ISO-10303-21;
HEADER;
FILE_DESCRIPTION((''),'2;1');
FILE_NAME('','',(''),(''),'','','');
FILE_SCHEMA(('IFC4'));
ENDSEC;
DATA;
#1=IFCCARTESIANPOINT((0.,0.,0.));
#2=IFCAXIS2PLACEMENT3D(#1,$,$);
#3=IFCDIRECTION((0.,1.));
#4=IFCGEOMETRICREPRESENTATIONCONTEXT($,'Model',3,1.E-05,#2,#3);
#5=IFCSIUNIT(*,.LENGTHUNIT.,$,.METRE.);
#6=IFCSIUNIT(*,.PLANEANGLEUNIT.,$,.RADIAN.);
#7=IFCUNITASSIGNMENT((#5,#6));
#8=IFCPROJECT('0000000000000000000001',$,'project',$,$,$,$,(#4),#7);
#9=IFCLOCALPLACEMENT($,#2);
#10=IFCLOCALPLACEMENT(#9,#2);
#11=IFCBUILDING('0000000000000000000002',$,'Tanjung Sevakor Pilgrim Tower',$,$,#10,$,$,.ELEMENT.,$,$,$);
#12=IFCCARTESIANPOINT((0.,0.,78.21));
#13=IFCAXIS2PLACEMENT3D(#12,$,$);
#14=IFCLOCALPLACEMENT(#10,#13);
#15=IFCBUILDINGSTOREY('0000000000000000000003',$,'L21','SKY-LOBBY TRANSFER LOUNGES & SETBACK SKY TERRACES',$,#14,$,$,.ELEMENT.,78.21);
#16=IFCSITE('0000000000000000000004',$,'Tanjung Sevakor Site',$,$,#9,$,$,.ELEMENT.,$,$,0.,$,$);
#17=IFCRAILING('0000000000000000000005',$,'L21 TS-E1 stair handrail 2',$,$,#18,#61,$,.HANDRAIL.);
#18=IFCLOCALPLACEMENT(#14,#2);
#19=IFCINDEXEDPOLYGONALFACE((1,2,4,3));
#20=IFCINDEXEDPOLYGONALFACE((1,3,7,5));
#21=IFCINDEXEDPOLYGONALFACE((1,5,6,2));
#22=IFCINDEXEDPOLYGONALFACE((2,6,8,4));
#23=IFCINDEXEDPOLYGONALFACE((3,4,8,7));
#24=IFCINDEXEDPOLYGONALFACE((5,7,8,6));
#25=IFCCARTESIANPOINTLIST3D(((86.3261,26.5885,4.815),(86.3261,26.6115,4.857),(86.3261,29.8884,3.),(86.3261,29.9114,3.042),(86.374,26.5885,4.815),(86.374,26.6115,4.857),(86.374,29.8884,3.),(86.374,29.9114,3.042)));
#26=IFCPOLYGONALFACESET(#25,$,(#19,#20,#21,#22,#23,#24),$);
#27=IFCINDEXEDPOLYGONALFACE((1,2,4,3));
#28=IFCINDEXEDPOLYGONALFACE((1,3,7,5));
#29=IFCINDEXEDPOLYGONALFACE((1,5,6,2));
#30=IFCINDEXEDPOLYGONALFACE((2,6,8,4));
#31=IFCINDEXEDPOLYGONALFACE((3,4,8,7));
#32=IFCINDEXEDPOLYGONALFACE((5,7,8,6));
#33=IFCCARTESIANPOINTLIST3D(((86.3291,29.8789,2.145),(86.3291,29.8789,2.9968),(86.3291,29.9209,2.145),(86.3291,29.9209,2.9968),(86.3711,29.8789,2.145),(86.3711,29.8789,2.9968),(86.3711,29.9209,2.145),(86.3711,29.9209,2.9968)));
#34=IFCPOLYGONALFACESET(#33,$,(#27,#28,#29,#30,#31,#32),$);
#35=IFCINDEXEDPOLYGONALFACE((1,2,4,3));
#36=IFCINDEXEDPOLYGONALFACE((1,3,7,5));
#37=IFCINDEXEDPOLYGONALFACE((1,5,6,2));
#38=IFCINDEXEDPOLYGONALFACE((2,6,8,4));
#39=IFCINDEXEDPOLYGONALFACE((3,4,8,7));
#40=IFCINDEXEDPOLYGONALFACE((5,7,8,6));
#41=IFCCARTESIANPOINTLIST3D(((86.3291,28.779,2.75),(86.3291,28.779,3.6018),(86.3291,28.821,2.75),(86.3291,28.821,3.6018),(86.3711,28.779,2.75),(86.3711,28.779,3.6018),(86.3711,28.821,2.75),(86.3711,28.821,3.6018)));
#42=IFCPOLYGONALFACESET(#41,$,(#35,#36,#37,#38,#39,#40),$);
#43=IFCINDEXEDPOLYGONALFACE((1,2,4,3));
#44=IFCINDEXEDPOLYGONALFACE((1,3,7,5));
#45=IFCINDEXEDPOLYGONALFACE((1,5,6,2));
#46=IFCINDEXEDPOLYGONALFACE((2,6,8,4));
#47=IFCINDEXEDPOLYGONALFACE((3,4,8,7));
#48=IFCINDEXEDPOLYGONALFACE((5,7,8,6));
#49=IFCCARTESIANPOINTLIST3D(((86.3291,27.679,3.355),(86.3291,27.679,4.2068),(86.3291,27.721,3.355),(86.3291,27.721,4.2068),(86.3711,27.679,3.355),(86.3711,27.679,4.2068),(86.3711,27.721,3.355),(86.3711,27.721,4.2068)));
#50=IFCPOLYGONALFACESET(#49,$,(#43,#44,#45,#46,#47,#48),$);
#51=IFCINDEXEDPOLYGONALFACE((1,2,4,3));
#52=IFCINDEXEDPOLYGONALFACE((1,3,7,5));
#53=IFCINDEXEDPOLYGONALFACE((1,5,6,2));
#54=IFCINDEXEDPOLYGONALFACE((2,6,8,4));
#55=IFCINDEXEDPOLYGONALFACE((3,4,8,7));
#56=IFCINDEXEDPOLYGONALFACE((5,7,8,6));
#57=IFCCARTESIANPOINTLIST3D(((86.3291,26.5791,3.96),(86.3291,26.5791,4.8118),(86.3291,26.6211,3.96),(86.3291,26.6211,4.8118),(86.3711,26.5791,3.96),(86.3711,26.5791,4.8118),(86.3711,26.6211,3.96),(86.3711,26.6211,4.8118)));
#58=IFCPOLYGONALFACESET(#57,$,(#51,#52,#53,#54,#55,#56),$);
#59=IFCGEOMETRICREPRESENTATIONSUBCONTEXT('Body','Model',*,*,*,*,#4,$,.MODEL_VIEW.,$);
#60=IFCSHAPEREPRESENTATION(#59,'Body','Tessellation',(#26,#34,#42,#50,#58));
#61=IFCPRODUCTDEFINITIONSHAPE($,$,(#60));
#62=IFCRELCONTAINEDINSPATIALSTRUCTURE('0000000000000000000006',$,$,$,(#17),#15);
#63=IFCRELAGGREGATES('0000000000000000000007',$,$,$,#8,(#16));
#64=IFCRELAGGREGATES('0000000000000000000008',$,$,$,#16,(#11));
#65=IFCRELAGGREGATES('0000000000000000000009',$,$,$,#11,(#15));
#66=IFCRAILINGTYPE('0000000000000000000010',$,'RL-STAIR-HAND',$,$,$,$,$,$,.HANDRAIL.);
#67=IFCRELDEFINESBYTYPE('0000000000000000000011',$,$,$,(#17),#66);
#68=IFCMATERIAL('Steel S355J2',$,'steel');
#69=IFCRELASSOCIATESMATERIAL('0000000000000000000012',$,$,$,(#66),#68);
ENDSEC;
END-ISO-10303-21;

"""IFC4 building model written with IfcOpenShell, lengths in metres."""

from ifc_helpers import new_model, si_unit, direction, frame, origin, place, context, subcontext, project, spatial, rectangle, extrude, material, type_object, element, save


model = new_model("IFC4")

# Units and contexts
model_context = context("Model", 3, precision=1e-05, world=origin(), true_north=direction((0.0, 1.0)))
body_context = subcontext(model_context, "Body", "Model", "MODEL_VIEW")
ifc_project = project(units=[si_unit("LENGTHUNIT", "METRE"), si_unit("PLANEANGLEUNIT", "RADIAN")], contexts=[model_context])

# Site, building, storey
site_placement = place(None, origin())
site = spatial("IfcSite", under=ifc_project, at=site_placement, Name="Tanjung Sevakor Site", CompositionType="ELEMENT", RefElevation=0.0)
building_placement = place(site_placement, origin())
building = spatial("IfcBuilding", under=site, at=building_placement, Name="Tanjung Sevakor Pilgrim Tower", CompositionType="ELEMENT")
storey_placement = place(building_placement, frame((0.0, 0.0, 78.21)))
storey = spatial("IfcBuildingStorey", under=building, at=storey_placement, Name="L21", Description="SKY-LOBBY TRANSFER LOUNGES & SETBACK SKY TERRACES", CompositionType="ELEMENT", Elevation=78.21)

# Railing
ifc_material_1 = material(Name="Steel S355J2", Category="steel")
railing_type_1 = type_object("IfcRailingType", Name="RL-STAIR-HAND", PredefinedType="HANDRAIL", material=ifc_material_1)
railing_1_placement = place(storey_placement, frame((86.3501, 29.8999, 2.145)))
element("IfcRailing", 1, at=railing_1_placement, inside=storey, type_object=railing_type_1, Name="L21 TS-E1 stair handrail 2", PredefinedType="HANDRAIL", context=body_context, shape_type="SweptSolid", body=[
    extrude(rectangle(XDim=0.0479, YDim=0.0479), frame((0.0, 0.0, 0.876), z_axis=(0.0, -0.87621, 0.481929), x_axis=(1.0, 0.0, 0.0)), (0.0, 0.0, 1.0), 3.7661),
    extrude(rectangle(XDim=0.042, YDim=0.042), origin(), (0.0, 0.0, 1.0), 0.8518),
    extrude(rectangle(XDim=0.042, YDim=0.042), frame((0.0, -1.0999, 0.605)), (0.0, 0.0, 1.0), 0.8518),
    extrude(rectangle(XDim=0.042, YDim=0.042), frame((0.0, -2.2, 1.21)), (0.0, 0.0, 1.0), 0.8518),
    extrude(rectangle(XDim=0.042, YDim=0.042), frame((0.0, -3.2998, 1.8149)), (0.0, 0.0, 1.0), 0.8518),
])

save(model, "model.ifc")
